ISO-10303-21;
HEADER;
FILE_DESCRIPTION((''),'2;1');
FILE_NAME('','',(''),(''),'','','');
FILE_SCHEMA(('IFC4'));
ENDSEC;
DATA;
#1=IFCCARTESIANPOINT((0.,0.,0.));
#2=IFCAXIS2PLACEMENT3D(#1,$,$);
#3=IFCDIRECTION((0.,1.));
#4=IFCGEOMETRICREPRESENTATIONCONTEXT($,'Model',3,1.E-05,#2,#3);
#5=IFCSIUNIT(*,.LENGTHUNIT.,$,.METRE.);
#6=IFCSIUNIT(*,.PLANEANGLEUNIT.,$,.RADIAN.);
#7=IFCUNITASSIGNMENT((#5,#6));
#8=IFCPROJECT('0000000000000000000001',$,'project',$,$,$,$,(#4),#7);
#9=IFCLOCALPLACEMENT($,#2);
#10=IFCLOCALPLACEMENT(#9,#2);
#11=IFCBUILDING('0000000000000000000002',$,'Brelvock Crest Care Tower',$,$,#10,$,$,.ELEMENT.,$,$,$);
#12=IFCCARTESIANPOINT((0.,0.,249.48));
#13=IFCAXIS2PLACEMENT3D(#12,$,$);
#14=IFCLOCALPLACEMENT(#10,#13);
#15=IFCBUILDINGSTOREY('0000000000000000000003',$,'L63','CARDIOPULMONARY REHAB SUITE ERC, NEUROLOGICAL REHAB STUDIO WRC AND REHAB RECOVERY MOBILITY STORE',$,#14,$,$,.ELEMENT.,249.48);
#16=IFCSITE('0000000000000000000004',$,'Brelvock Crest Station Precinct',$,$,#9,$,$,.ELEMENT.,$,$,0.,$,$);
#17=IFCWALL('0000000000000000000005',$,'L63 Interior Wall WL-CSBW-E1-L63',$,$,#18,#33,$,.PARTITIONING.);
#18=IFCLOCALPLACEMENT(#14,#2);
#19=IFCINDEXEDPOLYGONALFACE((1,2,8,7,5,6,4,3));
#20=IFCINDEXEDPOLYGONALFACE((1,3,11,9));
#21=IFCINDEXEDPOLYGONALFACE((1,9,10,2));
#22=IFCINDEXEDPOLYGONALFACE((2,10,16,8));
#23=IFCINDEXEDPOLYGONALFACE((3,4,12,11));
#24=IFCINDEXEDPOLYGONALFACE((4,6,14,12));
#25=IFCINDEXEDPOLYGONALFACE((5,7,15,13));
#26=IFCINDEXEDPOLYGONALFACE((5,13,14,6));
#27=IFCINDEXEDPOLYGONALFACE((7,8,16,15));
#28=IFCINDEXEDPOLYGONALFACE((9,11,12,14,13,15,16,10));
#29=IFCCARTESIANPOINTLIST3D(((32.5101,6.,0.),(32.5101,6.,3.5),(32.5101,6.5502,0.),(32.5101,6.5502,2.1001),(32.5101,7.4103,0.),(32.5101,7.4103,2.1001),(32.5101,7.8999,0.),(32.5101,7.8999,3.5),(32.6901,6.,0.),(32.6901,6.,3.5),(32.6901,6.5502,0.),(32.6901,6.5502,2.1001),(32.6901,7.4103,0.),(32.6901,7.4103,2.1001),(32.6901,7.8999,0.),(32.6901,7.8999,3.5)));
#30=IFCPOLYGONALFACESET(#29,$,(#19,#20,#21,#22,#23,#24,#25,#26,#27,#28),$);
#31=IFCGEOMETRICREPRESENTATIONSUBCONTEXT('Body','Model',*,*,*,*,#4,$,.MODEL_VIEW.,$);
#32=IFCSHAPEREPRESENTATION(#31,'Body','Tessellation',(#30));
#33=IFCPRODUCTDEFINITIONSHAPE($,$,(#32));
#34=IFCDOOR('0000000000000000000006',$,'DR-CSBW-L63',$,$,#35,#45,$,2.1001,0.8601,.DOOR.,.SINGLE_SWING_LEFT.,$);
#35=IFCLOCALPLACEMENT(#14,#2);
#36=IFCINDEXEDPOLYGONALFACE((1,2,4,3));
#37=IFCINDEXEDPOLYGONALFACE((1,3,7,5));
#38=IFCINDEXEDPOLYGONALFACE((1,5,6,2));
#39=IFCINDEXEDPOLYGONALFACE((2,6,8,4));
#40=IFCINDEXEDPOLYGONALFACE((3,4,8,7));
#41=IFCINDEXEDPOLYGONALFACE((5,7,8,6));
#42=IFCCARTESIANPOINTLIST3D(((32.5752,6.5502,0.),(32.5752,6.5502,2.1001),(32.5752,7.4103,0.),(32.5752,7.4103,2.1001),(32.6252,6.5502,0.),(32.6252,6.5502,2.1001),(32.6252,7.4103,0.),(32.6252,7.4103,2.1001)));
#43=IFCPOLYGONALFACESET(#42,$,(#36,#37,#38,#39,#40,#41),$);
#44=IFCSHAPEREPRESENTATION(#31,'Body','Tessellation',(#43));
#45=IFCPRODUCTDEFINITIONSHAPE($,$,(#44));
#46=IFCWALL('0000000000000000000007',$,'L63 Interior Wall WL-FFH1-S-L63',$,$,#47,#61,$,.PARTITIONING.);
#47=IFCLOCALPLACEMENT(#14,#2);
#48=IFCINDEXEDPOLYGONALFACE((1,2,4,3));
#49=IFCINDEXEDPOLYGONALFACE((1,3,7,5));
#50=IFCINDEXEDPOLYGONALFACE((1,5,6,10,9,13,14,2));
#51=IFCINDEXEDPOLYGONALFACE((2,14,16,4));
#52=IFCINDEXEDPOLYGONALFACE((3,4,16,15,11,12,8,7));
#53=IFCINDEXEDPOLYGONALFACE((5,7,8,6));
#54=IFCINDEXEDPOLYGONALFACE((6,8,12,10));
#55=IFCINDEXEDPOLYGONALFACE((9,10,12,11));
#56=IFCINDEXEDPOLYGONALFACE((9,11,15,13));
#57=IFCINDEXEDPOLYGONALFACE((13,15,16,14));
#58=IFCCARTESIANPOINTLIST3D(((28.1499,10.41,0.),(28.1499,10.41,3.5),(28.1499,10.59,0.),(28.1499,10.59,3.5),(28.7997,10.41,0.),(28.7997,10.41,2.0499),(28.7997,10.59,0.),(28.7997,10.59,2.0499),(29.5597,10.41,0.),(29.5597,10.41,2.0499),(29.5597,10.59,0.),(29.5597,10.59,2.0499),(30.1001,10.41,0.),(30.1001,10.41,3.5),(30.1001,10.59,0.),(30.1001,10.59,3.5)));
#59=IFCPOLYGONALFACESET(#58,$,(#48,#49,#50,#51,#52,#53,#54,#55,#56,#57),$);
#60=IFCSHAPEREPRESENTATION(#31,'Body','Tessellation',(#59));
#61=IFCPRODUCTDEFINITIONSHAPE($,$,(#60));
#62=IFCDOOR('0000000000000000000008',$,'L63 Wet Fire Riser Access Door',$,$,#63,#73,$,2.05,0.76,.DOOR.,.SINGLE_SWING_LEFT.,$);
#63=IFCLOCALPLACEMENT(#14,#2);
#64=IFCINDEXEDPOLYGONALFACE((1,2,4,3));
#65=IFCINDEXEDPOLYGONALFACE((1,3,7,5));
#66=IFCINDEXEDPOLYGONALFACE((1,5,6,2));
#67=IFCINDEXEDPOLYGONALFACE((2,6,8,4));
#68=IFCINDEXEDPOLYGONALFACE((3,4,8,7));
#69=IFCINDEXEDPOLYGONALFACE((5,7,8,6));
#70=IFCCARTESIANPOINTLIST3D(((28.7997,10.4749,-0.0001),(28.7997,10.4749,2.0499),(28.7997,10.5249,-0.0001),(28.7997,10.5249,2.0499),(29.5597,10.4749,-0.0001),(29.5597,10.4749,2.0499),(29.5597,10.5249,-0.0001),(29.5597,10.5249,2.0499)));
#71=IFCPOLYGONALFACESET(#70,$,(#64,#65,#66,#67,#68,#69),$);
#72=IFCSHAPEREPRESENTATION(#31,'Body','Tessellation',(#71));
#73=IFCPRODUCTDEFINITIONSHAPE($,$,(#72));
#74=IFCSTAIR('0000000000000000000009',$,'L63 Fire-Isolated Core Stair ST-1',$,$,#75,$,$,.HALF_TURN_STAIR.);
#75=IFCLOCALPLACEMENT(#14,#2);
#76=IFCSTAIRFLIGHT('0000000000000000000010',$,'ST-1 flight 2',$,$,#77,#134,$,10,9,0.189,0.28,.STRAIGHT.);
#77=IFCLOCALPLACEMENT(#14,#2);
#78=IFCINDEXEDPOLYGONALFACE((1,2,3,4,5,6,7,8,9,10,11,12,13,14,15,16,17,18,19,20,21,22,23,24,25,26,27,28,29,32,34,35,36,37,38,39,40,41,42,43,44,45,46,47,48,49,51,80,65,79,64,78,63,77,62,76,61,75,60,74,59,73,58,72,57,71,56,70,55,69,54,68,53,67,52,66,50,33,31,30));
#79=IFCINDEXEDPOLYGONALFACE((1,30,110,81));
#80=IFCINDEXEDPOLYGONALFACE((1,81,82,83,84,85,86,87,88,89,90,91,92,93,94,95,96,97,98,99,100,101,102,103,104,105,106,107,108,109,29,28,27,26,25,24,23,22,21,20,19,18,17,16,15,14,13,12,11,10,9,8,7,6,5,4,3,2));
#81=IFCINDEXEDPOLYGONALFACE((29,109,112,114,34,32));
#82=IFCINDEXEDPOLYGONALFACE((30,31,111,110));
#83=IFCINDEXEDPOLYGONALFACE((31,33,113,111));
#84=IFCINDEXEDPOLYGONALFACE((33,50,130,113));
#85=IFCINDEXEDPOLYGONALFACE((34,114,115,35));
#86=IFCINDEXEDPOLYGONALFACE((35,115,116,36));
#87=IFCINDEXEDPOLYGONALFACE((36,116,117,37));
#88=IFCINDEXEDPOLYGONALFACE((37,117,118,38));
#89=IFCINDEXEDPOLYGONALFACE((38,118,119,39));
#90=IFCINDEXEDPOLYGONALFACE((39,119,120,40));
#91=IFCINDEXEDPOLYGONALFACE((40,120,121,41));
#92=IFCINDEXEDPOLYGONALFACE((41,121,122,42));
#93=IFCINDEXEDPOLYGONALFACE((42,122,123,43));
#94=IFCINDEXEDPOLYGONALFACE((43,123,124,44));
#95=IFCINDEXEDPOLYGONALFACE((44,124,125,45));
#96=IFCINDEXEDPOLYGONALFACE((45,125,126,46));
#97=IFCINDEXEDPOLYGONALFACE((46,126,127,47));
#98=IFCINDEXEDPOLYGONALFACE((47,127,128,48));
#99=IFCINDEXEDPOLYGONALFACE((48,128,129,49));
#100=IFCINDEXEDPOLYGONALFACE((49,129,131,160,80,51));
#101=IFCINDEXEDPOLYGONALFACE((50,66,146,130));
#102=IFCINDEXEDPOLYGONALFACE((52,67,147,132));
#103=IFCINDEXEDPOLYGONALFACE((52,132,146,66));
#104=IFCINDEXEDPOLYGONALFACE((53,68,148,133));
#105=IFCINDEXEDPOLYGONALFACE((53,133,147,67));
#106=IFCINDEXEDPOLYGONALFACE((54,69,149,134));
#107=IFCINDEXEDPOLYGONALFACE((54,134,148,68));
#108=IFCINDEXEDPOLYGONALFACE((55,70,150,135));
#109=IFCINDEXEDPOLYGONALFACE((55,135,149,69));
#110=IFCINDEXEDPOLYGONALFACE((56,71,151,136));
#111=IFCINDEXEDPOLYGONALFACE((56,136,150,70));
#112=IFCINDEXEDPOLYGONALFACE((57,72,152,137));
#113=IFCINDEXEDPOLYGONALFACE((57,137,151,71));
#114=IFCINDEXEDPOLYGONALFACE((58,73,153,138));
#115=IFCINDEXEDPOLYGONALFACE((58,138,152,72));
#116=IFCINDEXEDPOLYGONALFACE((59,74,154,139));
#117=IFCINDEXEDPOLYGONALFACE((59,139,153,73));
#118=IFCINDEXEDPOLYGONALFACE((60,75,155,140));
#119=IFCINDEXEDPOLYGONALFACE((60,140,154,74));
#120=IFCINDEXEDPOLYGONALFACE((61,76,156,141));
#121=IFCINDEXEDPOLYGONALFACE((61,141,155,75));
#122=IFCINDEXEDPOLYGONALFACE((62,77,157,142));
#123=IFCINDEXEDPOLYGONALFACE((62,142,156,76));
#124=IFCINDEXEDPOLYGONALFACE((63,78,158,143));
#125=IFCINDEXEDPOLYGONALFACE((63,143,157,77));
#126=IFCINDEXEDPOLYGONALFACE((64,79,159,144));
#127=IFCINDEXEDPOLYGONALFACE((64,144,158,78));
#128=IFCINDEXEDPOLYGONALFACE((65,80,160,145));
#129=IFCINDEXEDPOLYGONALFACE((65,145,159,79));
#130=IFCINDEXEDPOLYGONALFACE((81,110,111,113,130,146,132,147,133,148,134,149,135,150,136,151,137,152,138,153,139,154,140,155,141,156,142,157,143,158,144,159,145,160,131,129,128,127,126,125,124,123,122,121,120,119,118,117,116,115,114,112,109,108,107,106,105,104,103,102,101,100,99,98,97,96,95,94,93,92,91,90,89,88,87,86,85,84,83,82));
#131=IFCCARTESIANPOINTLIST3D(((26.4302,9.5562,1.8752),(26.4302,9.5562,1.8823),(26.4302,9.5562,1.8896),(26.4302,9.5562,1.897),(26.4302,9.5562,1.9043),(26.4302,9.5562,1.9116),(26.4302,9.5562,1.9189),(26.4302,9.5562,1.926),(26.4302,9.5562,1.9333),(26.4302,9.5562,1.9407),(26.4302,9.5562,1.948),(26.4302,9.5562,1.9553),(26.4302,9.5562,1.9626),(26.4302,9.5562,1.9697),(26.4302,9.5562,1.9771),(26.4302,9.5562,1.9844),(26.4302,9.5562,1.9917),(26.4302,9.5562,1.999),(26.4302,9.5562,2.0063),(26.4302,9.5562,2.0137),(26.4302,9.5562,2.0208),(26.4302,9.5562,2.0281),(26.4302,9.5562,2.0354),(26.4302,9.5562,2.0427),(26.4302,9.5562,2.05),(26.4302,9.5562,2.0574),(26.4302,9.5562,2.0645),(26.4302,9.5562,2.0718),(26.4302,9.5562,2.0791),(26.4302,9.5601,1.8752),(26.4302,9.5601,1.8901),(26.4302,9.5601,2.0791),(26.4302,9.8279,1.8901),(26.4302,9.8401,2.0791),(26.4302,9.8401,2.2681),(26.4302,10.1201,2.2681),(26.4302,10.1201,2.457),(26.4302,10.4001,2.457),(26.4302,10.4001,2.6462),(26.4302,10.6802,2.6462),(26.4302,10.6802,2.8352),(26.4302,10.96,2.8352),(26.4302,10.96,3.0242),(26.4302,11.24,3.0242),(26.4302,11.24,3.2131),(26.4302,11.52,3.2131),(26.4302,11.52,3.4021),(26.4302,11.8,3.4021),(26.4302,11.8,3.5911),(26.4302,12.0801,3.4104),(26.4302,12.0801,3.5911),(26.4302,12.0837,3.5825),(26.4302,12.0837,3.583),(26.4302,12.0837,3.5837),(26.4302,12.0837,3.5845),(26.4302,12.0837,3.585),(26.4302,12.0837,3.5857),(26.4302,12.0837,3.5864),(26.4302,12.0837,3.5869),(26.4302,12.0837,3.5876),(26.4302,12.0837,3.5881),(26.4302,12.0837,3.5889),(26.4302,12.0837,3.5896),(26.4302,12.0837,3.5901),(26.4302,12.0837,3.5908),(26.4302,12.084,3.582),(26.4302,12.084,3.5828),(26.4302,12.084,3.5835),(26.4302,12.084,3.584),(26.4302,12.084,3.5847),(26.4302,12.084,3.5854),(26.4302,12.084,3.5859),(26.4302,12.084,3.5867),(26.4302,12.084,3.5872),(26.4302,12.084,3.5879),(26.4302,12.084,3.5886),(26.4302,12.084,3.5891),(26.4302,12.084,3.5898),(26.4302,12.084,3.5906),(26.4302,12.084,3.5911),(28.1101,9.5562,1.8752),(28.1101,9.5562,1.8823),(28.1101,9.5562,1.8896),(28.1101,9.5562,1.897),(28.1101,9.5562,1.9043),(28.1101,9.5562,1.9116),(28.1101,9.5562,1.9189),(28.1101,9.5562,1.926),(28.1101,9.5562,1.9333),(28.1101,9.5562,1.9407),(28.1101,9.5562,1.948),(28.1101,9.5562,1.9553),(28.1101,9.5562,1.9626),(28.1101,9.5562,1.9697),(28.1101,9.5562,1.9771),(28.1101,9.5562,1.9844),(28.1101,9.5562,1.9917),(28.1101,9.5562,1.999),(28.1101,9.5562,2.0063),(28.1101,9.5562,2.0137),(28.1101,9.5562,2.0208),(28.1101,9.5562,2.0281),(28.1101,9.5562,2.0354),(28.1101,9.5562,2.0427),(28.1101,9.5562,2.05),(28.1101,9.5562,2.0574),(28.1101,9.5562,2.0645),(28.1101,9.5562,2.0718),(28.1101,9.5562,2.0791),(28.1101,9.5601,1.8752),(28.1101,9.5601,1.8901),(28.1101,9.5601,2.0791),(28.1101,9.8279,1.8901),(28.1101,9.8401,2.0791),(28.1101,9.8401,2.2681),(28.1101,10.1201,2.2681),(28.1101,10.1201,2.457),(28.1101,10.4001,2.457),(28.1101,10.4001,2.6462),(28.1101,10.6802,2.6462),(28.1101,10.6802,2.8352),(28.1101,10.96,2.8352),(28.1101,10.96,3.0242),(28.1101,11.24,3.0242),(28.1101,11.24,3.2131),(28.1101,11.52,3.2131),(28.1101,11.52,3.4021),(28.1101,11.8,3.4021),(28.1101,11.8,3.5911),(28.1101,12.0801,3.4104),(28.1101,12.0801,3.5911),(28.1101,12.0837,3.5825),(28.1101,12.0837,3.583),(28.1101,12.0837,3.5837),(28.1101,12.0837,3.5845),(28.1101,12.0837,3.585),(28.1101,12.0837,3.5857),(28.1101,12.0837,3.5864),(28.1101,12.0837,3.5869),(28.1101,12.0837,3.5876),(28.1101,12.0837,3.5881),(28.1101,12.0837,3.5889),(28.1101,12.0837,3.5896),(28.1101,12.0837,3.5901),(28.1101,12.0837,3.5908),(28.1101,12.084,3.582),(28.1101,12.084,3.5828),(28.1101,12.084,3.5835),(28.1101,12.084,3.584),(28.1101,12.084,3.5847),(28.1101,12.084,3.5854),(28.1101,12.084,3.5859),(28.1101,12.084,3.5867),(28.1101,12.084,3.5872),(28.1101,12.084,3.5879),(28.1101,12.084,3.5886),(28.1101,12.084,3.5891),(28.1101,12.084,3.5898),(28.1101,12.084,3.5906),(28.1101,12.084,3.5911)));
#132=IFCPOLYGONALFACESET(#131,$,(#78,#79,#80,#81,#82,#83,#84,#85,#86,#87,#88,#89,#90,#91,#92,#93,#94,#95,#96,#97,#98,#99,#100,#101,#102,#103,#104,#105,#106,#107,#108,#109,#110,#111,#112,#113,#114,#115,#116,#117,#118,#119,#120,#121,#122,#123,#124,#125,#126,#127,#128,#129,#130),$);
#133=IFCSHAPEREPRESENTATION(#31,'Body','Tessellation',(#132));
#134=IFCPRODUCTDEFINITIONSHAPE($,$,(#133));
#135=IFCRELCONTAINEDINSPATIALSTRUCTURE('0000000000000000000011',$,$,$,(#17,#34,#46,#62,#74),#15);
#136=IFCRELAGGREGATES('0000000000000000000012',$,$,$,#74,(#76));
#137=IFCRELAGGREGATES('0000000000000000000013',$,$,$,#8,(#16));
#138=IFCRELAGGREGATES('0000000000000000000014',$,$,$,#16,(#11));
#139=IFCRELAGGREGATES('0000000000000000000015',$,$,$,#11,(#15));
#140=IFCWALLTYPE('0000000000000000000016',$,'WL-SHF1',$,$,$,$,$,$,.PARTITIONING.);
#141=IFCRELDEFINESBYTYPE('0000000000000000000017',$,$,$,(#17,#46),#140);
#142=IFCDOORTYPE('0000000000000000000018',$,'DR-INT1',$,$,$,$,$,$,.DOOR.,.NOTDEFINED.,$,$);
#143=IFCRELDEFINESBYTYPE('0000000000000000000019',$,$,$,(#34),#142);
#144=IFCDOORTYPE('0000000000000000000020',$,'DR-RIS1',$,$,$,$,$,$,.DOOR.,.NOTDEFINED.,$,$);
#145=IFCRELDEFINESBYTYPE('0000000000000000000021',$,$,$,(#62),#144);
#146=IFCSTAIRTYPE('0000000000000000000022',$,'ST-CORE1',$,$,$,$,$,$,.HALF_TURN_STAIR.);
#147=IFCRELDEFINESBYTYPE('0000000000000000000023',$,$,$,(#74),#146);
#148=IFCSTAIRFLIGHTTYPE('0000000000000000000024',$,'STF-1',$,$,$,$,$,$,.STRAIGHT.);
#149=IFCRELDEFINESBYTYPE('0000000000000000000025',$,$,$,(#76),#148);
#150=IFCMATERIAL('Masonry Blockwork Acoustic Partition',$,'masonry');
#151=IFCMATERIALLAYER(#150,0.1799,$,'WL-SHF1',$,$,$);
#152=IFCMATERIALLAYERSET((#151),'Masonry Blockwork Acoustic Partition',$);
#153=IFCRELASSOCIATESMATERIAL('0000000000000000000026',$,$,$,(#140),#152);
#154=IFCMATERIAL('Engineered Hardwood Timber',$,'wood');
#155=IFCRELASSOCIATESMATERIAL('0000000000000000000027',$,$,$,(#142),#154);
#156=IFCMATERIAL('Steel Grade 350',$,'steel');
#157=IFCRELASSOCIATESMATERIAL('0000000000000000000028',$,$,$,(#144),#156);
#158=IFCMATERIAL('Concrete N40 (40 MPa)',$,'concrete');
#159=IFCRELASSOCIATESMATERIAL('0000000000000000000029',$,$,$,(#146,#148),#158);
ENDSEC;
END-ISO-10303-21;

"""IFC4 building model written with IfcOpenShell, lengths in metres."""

from ifc_helpers import new_model, si_unit, direction, frame, frame_2d, origin, origin_2d, place, context, subcontext, project, spatial, polyline, rectangle, outline, extrude, source, transform, mapped, material, layer, layer_set, type_object, element, fill, aggregate, save


model = new_model("IFC4")

# Units and contexts
model_context = context("Model", 3, precision=1e-05, world=origin(), true_north=direction((0.0, 1.0)))
body_context = subcontext(model_context, "Body", "Model", "MODEL_VIEW")
ifc_project = project(units=[si_unit("LENGTHUNIT", "METRE"), si_unit("PLANEANGLEUNIT", "RADIAN")], contexts=[model_context])

# Site, building, storey
site_placement = place(None, origin())
site = spatial("IfcSite", under=ifc_project, at=site_placement, Name="Brelvock Crest Station Precinct", CompositionType="ELEMENT", RefElevation=0.0)
building_placement = place(site_placement, origin())
building = spatial("IfcBuilding", under=site, at=building_placement, Name="Brelvock Crest Care Tower", CompositionType="ELEMENT")
storey_placement = place(building_placement, frame((0.0, 0.0, 249.48)))
storey = spatial("IfcBuildingStorey", under=building, at=storey_placement, Name="L63", Description="CARDIOPULMONARY REHAB SUITE ERC, NEUROLOGICAL REHAB STUDIO WRC AND REHAB RECOVERY MOBILITY STORE", CompositionType="ELEMENT", Elevation=249.48)

# Shared definitions
ifc_material_1 = material(Name="Steel Grade 350", Category="steel")

# Shared definitions
ifc_material_2 = material(Name="Masonry Blockwork Acoustic Partition", Category="masonry")

# Shared definitions
ifc_layer_1 = layer(ifc_material_2, 0.1799, Name="WL-SHF1")
ifc_layer_set_1 = layer_set([ifc_layer_1], Name="Masonry Blockwork Acoustic Partition")
wall_type_1 = type_object("IfcWallType", Name="WL-SHF1", PredefinedType="PARTITIONING", material=ifc_layer_set_1)

# Walls, openings, doors
wall_1_placement = place(storey_placement, frame((32.6001, 6.0, 0.0), z_axis=(0.0, 0.0, 1.0), x_axis=(0.0, 1.0, 0.0)))
wall_1 = element("IfcWall", 1, at=wall_1_placement, inside=storey, type_object=wall_type_1, Name="L63 Interior Wall WL-CSBW-E1-L63", PredefinedType="PARTITIONING", context=body_context, shape_type="SweptSolid", body=[
    extrude(rectangle(XDim=1.8999, YDim=0.1799, at=frame_2d((0.95, 0.0))), origin(), (0.0, 0.0, 1.0), 3.5),
])
opening_1_placement = place(wall_1_placement, frame((0.55, 0.0, 0.0)))
opening_1 = element("IfcOpeningElement", 2, at=opening_1_placement, cuts=wall_1, PredefinedType="OPENING", context=body_context, shape_type="SweptSolid", body=[
    extrude(rectangle(XDim=0.8601, YDim=2.1001, at=origin_2d()), frame((0.4302, 0.1001, 1.05), z_axis=(0.0, -1.0, 0.0), x_axis=(1.0, 0.0, 0.0)), (0.0, 0.0, 1.0), 0.2),
])
ifc_material_3 = material(Name="Engineered Hardwood Timber", Category="wood")
door_type_1 = type_object("IfcDoorType", Name="DR-INT1", OperationType="NOTDEFINED", PredefinedType="DOOR", material=ifc_material_3)
shared_shape_1 = source(origin(), body_context, "Body", "SweptSolid", [
    extrude(rectangle(XDim=0.8601, YDim=2.1001, at=origin_2d()), frame((0.4302, 0.0249, 1.05), z_axis=(0.0, -1.0, 0.0), x_axis=(1.0, 0.0, 0.0)), (0.0, 0.0, 1.0), 0.05),
])
door_1_placement = place(opening_1_placement, origin())
door_1 = element("IfcDoor", 3, at=door_1_placement, inside=storey, type_object=door_type_1, Name="DR-CSBW-L63", OperationType="SINGLE_SWING_LEFT", OverallHeight=2.1001, OverallWidth=0.8601, PredefinedType="DOOR", context=body_context, shape_type="MappedRepresentation", body=[
    mapped(shared_shape_1, transform((0.0, 0.0, 0.0), x_axis=(1.0, 0.0, 0.0), y_axis=(0.0, 1.0, 0.0), z_axis=(0.0, 0.0, 1.0), scale=1.0)),
])
fill(opening_1, door_1)
wall_2_placement = place(storey_placement, frame((28.1499, 10.5, 0.0), z_axis=(0.0, 0.0, 1.0), x_axis=(1.0, 0.0, 0.0)))
wall_2 = element("IfcWall", 4, at=wall_2_placement, inside=storey, type_object=wall_type_1, Name="L63 Interior Wall WL-FFH1-S-L63", PredefinedType="PARTITIONING", context=body_context, shape_type="SweptSolid", body=[
    extrude(rectangle(XDim=1.9502, YDim=0.1799, at=frame_2d((0.9751, 0.0))), origin(), (0.0, 0.0, 1.0), 3.5),
])
opening_2_placement = place(wall_2_placement, frame((0.6499, 0.0, 0.0)))
opening_2 = element("IfcOpeningElement", 5, at=opening_2_placement, cuts=wall_2, PredefinedType="OPENING", context=body_context, shape_type="SweptSolid", body=[
    extrude(rectangle(XDim=0.76, YDim=2.05, at=origin_2d()), frame((0.3799, 0.1001, 1.0249), z_axis=(0.0, -1.0, 0.0), x_axis=(1.0, 0.0, 0.0)), (0.0, 0.0, 1.0), 0.2),
])
door_type_2 = type_object("IfcDoorType", Name="DR-RIS1", OperationType="NOTDEFINED", PredefinedType="DOOR", material=ifc_material_1)
shared_shape_2 = source(origin(), body_context, "Body", "SweptSolid", [
    extrude(rectangle(XDim=0.76, YDim=2.05, at=origin_2d()), frame((0.3799, 0.0249, 1.0249), z_axis=(0.0, -1.0, 0.0), x_axis=(1.0, 0.0, 0.0)), (0.0, 0.0, 1.0), 0.05),
])
door_2_placement = place(opening_2_placement, origin())
door_2 = element("IfcDoor", 6, at=door_2_placement, inside=storey, type_object=door_type_2, Name="L63 Wet Fire Riser Access Door", OperationType="SINGLE_SWING_LEFT", OverallHeight=2.05, OverallWidth=0.76, PredefinedType="DOOR", context=body_context, shape_type="MappedRepresentation", body=[
    mapped(shared_shape_2, transform((0.0, 0.0, 0.0), x_axis=(1.0, 0.0, 0.0), y_axis=(0.0, 1.0, 0.0), z_axis=(0.0, 0.0, 1.0), scale=1.0)),
])
fill(opening_2, door_2)

# Stair, stair flight
ifc_material_4 = material(Name="Concrete N40 (40 MPa)", Category="concrete")
stair_type = type_object("IfcStairType", Name="ST-CORE1", PredefinedType="HALF_TURN_STAIR", material=ifc_material_4)
stair_placement = place(storey_placement, origin())
stair = element("IfcStair", 7, at=stair_placement, inside=storey, type_object=stair_type, Name="L63 Fire-Isolated Core Stair ST-1", PredefinedType="HALF_TURN_STAIR")
stair_flight_type = type_object("IfcStairFlightType", Name="STF-1", PredefinedType="STRAIGHT", material=ifc_material_4)
stair_flight_placement = place(storey_placement, frame((27.27, 9.5601, 1.8901), z_axis=(0.0, 0.0, 1.0), x_axis=(0.0, 1.0, 0.0)))
stair_flight = element("IfcStairFlight", 8, at=stair_flight_placement, type_object=stair_flight_type, Name="ST-1 flight 2", NumberOfRisers=10, NumberOfTreads=9, PredefinedType="STRAIGHT", RiserHeight=0.189, TreadLength=0.28, context=body_context, shape_type="SweptSolid", body=[
    extrude(outline(polyline([(-0.0039, -0.0149), (-0.0039, -0.0078), (-0.0039, -0.0005), (-0.0039, 0.0068), (-0.0039, 0.0142), (-0.0039, 0.0215), (-0.0039, 0.0288), (-0.0039, 0.0359), (-0.0039, 0.0432), (-0.0039, 0.0505), (-0.0039, 0.0579), (-0.0039, 0.0652), (-0.0039, 0.0725), (-0.0039, 0.0796), (-0.0039, 0.0869), (-0.0039, 0.0942), (-0.0039, 0.1016), (-0.0039, 0.1089), (-0.0039, 0.1162), (-0.0039, 0.1235), (-0.0039, 0.1306), (-0.0039, 0.1379), (-0.0039, 0.1453), (-0.0039, 0.1526), (-0.0039, 0.1599), (-0.0039, 0.1672), (-0.0039, 0.1743), (-0.0039, 0.1816), (-0.0039, 0.189), (0.0, 0.189), (0.28, 0.189), (0.28, 0.3779), (0.5601, 0.3779), (0.5601, 0.5669), (0.8401, 0.5669), (0.8401, 0.7561), (1.1201, 0.7561), (1.1201, 0.9451), (1.3999, 0.9451), (1.3999, 1.134), (1.6799, 1.134), (1.6799, 1.323), (1.96, 1.323), (1.96, 1.512), (2.24, 1.512), (2.24, 1.7009), (2.52, 1.7009), (2.5239, 1.7009), (2.5237, 1.7007), (2.5239, 1.7004), (2.5237, 1.7), (2.5239, 1.6997), (2.5237, 1.6995), (2.5239, 1.699), (2.5237, 1.6987), (2.5239, 1.6985), (2.5237, 1.698), (2.5239, 1.6978), (2.5237, 1.6975), (2.5239, 1.697), (2.5237, 1.6968), (2.5239, 1.6965), (2.5237, 1.6963), (2.5239, 1.6958), (2.5237, 1.6956), (2.5239, 1.6953), (2.5237, 1.6948), (2.5239, 1.6946), (2.5237, 1.6943), (2.5239, 1.6938), (2.5237, 1.6936), (2.5239, 1.6934), (2.5237, 1.6929), (2.5239, 1.6926), (2.5237, 1.6924), (2.5239, 1.6919), (2.52, 1.5203), (0.2678, 0.0), (0.0, 0.0), (0.0, -0.0149), (-0.0039, -0.0149)])), frame((0.0, 0.8398, 0.0), z_axis=(0.0, -1.0, 0.0), x_axis=(1.0, 0.0, 0.0)), (0.0, 0.0, 1.0), 1.6799),
])
aggregate(stair, [stair_flight])

save(model, "model.ifc")
